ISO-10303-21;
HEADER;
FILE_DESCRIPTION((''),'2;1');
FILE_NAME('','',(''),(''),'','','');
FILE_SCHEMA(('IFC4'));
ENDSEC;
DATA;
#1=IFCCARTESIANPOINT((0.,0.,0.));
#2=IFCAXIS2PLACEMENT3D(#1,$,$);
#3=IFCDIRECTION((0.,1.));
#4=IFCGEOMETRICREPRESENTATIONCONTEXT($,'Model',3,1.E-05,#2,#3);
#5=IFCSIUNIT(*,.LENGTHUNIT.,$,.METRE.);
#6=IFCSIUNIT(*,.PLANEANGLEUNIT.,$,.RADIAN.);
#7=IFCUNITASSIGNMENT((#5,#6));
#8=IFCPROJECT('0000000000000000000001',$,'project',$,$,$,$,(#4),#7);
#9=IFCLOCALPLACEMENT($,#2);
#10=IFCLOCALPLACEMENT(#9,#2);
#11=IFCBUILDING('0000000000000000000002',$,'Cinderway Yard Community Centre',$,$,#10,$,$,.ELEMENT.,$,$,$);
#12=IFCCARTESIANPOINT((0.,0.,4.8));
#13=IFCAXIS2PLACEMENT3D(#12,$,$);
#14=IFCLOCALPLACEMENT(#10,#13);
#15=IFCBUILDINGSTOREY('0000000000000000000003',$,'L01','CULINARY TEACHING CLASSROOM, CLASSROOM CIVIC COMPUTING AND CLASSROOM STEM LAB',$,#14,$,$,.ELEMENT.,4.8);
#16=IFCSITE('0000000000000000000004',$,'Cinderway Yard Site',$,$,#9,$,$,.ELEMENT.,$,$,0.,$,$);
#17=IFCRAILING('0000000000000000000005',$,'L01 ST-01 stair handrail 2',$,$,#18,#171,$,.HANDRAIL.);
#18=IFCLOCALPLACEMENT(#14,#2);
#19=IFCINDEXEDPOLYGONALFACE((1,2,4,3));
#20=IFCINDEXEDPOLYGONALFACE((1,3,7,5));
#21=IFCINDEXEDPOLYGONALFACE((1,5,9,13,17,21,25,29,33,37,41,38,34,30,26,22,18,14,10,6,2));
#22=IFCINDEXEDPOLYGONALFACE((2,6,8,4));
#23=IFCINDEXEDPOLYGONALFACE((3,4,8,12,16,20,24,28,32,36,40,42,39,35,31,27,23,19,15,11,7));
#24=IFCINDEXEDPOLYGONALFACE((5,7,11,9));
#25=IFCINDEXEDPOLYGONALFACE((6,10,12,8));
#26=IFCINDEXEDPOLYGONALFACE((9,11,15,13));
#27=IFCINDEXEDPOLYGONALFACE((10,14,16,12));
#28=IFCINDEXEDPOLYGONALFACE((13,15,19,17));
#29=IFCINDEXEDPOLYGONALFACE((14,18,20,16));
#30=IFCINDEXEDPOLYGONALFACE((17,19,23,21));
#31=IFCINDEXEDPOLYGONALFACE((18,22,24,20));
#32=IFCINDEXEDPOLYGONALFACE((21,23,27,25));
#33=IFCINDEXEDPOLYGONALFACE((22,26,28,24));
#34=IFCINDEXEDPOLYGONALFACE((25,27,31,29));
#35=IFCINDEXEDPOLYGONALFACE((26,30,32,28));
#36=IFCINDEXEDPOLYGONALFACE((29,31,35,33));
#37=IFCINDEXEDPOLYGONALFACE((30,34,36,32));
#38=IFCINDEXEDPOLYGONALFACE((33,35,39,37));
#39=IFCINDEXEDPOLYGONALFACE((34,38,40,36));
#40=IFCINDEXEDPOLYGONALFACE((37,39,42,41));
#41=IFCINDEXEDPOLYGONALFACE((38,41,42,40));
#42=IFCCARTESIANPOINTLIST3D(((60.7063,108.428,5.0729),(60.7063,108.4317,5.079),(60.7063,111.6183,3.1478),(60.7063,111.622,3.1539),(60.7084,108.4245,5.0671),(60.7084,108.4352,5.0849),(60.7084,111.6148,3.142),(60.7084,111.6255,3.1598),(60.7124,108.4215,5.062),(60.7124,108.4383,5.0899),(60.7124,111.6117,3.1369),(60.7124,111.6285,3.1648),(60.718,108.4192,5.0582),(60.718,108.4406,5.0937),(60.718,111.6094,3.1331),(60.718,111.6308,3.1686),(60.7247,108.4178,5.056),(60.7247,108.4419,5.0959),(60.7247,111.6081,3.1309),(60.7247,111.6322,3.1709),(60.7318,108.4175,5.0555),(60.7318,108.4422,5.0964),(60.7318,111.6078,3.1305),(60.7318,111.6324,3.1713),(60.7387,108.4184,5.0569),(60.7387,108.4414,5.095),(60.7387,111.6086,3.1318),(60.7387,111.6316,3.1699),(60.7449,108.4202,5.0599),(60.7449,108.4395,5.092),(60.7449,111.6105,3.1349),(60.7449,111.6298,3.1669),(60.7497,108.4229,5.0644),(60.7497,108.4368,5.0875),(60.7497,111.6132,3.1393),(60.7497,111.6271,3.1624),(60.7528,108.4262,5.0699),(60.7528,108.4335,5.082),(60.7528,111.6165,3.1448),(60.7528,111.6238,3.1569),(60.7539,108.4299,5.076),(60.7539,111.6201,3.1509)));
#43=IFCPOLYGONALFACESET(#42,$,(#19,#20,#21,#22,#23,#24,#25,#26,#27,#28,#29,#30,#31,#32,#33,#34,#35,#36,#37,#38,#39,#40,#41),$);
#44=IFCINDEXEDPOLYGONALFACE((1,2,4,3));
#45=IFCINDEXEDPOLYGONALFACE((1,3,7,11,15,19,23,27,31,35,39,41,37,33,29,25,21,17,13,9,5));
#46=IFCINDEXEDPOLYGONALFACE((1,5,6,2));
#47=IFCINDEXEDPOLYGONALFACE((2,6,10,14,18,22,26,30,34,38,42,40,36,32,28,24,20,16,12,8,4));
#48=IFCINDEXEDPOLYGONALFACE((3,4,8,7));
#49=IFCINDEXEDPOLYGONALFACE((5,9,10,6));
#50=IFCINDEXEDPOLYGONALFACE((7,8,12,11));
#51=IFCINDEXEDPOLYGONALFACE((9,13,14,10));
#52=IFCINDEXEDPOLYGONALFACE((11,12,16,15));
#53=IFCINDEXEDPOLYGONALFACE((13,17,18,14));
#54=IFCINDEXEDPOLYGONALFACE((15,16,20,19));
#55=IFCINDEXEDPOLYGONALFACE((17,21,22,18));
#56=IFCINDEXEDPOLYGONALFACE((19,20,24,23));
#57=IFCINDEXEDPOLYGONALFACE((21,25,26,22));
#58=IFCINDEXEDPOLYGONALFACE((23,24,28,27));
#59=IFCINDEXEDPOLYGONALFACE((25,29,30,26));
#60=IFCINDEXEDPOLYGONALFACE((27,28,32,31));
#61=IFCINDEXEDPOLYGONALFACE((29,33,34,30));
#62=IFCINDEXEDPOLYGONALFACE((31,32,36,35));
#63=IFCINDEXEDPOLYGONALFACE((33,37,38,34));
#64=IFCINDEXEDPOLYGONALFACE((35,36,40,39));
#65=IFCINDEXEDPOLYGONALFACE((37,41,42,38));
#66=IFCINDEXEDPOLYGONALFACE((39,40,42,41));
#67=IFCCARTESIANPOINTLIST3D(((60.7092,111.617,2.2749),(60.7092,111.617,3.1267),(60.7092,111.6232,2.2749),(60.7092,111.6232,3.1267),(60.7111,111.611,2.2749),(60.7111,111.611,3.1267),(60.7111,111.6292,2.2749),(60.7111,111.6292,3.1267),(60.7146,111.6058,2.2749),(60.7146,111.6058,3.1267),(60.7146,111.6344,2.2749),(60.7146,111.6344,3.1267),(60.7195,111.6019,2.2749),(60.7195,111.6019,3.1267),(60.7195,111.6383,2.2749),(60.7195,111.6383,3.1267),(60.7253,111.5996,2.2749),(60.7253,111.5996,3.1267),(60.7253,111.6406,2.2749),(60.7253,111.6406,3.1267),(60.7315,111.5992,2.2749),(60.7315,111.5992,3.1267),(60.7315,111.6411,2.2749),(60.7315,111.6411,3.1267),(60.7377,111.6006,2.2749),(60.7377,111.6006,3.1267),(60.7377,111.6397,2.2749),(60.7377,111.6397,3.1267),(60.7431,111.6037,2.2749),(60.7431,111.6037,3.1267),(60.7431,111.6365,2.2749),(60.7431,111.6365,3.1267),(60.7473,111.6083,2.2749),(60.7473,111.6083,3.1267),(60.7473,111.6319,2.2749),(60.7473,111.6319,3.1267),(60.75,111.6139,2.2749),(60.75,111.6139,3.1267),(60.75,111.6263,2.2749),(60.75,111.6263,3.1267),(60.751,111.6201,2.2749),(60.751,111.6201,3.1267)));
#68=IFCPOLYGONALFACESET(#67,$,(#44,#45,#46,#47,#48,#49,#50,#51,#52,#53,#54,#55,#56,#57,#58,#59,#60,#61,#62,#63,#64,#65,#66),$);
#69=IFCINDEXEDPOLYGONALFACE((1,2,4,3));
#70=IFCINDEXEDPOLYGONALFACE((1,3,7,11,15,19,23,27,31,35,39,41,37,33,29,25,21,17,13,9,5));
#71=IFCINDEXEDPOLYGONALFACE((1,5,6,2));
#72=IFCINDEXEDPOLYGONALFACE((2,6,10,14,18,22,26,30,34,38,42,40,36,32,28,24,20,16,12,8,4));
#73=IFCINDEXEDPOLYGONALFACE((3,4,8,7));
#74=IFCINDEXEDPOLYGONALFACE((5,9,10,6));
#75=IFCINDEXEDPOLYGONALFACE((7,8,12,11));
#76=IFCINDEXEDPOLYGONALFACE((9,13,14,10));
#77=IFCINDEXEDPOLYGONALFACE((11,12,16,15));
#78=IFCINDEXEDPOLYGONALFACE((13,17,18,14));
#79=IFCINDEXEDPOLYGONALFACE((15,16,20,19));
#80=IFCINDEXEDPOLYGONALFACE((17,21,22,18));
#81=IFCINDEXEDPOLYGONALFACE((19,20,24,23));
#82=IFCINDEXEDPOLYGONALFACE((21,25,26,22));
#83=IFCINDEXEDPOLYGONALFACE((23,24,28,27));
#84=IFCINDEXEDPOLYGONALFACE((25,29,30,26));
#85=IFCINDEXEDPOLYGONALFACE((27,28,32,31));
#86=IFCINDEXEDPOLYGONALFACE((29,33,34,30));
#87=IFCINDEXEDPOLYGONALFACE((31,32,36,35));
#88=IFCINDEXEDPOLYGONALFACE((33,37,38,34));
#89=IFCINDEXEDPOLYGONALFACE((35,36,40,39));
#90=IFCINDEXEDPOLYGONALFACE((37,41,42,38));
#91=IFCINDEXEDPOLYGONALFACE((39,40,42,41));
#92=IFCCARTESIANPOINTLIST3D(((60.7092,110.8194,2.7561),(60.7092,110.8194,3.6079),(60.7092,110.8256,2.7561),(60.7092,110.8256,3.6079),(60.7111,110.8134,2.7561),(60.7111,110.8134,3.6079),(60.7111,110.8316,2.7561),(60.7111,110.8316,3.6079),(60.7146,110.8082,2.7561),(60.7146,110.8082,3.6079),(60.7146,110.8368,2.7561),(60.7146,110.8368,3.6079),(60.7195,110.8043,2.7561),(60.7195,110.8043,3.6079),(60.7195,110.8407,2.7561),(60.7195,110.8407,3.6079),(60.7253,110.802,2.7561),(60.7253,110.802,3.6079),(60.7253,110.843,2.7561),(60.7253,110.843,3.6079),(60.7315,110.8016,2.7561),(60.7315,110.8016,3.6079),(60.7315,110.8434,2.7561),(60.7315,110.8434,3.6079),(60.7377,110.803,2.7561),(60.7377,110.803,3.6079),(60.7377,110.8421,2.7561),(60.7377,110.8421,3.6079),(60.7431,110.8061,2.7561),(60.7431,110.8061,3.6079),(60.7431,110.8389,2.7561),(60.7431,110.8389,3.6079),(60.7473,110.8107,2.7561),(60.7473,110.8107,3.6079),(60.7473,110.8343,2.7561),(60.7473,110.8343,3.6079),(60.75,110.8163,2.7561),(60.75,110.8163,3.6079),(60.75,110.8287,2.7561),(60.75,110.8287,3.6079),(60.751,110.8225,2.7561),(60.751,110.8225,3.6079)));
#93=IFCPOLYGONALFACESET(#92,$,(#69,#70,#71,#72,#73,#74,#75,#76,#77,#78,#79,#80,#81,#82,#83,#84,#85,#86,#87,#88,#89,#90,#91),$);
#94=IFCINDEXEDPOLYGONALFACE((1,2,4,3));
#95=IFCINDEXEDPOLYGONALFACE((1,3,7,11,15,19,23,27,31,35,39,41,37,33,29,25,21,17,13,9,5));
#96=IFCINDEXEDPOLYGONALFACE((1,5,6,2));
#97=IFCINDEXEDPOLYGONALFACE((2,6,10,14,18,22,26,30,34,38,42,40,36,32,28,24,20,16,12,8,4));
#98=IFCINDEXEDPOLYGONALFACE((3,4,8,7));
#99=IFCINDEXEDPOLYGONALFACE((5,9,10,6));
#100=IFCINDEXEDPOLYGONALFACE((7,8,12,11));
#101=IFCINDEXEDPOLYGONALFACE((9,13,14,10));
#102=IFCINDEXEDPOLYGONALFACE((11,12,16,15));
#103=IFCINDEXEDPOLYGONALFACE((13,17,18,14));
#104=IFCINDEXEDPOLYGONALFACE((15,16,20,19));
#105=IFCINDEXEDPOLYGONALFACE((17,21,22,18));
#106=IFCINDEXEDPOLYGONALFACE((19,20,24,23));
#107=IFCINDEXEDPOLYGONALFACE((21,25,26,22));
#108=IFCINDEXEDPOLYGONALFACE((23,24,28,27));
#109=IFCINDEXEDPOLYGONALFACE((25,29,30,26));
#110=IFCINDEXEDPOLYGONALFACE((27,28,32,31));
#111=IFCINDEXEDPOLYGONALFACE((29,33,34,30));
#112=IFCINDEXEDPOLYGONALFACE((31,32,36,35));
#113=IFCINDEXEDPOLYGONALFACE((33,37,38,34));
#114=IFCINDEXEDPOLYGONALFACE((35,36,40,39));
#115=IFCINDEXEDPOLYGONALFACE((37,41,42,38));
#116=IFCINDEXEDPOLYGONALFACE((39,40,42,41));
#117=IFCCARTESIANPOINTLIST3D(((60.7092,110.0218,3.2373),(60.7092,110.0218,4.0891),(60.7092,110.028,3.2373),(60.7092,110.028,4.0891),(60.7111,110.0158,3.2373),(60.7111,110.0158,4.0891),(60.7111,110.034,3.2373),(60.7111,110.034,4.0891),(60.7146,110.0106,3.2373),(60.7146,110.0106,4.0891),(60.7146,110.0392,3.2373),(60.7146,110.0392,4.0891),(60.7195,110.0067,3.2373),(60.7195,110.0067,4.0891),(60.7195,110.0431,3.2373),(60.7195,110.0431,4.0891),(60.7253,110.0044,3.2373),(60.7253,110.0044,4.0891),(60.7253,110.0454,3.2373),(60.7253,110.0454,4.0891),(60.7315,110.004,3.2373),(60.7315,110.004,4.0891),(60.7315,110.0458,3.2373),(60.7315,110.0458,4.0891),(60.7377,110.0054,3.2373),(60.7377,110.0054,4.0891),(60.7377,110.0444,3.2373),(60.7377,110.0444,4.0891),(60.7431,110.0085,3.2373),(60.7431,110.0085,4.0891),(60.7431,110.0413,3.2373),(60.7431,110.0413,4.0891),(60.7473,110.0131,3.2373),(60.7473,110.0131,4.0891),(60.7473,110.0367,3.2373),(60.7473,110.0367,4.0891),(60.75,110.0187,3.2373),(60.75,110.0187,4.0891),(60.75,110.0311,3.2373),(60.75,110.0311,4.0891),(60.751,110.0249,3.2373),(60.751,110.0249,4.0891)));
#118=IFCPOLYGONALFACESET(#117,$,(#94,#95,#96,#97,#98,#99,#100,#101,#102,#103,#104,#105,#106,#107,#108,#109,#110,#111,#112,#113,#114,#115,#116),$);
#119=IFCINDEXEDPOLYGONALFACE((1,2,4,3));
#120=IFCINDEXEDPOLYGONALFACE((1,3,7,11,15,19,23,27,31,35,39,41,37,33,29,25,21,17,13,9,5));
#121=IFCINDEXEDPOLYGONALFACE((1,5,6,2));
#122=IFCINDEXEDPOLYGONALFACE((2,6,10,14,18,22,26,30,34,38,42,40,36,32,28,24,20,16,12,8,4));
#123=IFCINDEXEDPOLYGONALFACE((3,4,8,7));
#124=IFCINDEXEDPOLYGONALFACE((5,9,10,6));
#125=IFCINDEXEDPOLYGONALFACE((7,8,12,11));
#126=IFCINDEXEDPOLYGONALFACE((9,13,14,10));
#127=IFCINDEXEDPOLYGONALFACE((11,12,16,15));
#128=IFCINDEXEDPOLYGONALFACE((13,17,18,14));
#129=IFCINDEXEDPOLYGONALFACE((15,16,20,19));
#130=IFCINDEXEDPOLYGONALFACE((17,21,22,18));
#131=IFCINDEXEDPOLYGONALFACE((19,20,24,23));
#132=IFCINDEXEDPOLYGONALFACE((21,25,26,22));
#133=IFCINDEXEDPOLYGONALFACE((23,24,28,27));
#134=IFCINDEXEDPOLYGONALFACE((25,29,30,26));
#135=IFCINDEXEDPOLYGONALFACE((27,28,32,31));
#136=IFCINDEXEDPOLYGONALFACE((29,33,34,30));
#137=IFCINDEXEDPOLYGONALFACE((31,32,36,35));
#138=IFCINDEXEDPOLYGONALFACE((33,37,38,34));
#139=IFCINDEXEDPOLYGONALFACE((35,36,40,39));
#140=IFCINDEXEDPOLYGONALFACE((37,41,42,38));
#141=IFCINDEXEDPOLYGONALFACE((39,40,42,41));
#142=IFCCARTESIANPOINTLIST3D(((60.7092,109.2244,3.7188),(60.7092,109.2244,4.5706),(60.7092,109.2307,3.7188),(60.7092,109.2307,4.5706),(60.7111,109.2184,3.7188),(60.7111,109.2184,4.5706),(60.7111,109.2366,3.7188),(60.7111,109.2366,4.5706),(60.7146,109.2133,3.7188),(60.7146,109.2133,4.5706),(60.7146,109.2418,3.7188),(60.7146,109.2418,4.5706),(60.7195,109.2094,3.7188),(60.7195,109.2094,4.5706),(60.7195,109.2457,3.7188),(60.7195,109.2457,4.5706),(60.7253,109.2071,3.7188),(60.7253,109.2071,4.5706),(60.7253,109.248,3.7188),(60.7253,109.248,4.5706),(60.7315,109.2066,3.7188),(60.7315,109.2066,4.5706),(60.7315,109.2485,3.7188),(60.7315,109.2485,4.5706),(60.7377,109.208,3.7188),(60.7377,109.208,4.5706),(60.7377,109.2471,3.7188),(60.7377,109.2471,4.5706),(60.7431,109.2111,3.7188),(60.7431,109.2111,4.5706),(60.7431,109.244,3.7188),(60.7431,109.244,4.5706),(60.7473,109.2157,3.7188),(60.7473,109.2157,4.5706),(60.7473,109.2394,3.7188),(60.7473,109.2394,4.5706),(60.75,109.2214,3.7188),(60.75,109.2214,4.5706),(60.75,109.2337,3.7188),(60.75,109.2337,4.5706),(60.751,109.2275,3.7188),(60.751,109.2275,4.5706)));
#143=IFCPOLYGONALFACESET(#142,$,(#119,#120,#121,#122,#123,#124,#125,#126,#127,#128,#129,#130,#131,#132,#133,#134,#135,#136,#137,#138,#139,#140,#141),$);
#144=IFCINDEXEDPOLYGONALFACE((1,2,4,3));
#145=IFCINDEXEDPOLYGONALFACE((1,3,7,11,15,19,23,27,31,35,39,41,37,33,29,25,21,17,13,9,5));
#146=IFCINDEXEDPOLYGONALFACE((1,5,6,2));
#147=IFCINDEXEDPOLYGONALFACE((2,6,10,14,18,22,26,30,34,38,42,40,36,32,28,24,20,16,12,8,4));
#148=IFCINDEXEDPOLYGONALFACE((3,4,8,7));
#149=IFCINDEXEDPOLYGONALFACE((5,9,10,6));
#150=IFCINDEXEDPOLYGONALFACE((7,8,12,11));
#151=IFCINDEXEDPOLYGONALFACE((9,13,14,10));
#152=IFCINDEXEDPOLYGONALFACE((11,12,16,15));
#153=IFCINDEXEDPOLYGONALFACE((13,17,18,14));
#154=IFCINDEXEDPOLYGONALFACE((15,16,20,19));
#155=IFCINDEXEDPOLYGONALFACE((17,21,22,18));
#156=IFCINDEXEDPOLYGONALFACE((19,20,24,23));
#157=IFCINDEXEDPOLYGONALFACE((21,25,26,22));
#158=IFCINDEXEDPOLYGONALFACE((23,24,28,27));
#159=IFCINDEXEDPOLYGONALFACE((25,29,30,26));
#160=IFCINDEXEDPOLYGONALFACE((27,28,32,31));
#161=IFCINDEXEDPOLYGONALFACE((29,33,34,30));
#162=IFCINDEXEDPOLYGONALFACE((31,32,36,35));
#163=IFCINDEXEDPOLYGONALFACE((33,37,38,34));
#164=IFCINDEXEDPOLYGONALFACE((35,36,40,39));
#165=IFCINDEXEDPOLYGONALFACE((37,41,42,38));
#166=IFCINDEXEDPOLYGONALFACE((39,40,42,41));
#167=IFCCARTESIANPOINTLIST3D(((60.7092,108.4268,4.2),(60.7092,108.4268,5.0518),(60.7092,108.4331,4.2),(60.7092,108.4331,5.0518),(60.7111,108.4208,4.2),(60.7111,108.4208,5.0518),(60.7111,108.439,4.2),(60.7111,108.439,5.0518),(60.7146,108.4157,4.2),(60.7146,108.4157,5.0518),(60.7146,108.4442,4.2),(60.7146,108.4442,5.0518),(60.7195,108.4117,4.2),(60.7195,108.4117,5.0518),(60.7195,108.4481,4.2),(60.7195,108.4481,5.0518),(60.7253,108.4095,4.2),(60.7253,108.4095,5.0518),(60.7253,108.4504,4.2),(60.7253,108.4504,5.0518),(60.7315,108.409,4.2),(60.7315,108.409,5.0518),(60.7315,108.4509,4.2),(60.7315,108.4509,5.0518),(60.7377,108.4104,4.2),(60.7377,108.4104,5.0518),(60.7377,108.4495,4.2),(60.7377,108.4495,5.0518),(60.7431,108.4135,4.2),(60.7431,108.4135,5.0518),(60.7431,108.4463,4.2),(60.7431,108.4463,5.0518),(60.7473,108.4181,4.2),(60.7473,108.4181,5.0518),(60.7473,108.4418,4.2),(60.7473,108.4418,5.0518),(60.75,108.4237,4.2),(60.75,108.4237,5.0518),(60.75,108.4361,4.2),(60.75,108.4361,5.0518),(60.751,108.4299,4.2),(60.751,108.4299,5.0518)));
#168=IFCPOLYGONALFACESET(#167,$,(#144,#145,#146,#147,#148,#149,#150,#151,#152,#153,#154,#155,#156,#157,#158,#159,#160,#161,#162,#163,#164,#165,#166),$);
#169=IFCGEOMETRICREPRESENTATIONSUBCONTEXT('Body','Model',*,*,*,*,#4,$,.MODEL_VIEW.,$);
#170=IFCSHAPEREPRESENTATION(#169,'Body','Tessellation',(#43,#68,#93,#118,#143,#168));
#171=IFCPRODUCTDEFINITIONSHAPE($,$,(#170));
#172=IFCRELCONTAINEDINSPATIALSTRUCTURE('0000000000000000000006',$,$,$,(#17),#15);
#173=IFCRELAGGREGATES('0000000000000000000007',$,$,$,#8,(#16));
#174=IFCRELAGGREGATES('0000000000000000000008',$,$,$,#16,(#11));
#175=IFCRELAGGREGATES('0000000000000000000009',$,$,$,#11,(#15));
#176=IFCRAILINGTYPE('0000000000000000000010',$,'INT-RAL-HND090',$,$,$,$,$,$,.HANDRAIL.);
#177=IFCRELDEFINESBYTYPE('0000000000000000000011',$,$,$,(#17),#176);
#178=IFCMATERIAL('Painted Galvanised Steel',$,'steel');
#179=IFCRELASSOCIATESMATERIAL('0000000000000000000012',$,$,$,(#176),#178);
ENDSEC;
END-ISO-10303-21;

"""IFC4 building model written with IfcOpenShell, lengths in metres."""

from ifc_helpers import new_model, si_unit, direction, frame, origin, origin_2d, place, context, subcontext, project, spatial, circle, extrude, material, type_object, element, save


model = new_model("IFC4")

# Units and contexts
model_context = context("Model", 3, precision=1e-05, world=origin(), true_north=direction((0.0, 1.0)))
body_context = subcontext(model_context, "Body", "Model", "MODEL_VIEW")
ifc_project = project(units=[si_unit("LENGTHUNIT", "METRE"), si_unit("PLANEANGLEUNIT", "RADIAN")], contexts=[model_context])

# Site, building, storey
site_placement = place(None, origin())
site = spatial("IfcSite", under=ifc_project, at=site_placement, Name="Cinderway Yard Site", CompositionType="ELEMENT", RefElevation=0.0)
building_placement = place(site_placement, origin())
building = spatial("IfcBuilding", under=site, at=building_placement, Name="Cinderway Yard Community Centre", CompositionType="ELEMENT")
storey_placement = place(building_placement, frame((0.0, 0.0, 4.8)))
storey = spatial("IfcBuildingStorey", under=building, at=storey_placement, Name="L01", Description="CULINARY TEACHING CLASSROOM, CLASSROOM CIVIC COMPUTING AND CLASSROOM STEM LAB", CompositionType="ELEMENT", Elevation=4.8)

# Shared definitions
ifc_material_1 = material(Name="Painted Galvanised Steel", Category="steel")

# Railing
railing_type_1 = type_object("IfcRailingType", Name="INT-RAL-HND090", PredefinedType="HANDRAIL", material=ifc_material_1)
railing_1_placement = place(storey_placement, frame((60.73, 111.6201, 2.2749)))
element("IfcRailing", 1, at=railing_1_placement, inside=storey, type_object=railing_type_1, Name="L01 ST-01 stair handrail 2", PredefinedType="HANDRAIL", context=body_context, shape_type="SweptSolid", body=[
    extrude(circle(Radius=0.0239, at=origin_2d()), frame((0.0, 0.0, 0.876), z_axis=(0.0, -0.856195, 0.516653), x_axis=(1.0, 0.0, 0.0)), (0.0, 0.0, 1.0), 3.7261),
    extrude(circle(Radius=0.021, at=origin_2d()), origin(), (0.0, 0.0, 1.0), 0.8518),
    extrude(circle(Radius=0.021, at=origin_2d()), frame((0.0, -0.7976, 0.4812)), (0.0, 0.0, 1.0), 0.8518),
    extrude(circle(Radius=0.021, at=origin_2d()), frame((0.0, -1.5952, 0.9624)), (0.0, 0.0, 1.0), 0.8518),
    extrude(circle(Radius=0.021, at=origin_2d()), frame((0.0, -2.3926, 1.4438)), (0.0, 0.0, 1.0), 0.8518),
    extrude(circle(Radius=0.021, at=origin_2d()), frame((0.0, -3.1902, 1.925)), (0.0, 0.0, 1.0), 0.8518),
])

save(model, "model.ifc")
